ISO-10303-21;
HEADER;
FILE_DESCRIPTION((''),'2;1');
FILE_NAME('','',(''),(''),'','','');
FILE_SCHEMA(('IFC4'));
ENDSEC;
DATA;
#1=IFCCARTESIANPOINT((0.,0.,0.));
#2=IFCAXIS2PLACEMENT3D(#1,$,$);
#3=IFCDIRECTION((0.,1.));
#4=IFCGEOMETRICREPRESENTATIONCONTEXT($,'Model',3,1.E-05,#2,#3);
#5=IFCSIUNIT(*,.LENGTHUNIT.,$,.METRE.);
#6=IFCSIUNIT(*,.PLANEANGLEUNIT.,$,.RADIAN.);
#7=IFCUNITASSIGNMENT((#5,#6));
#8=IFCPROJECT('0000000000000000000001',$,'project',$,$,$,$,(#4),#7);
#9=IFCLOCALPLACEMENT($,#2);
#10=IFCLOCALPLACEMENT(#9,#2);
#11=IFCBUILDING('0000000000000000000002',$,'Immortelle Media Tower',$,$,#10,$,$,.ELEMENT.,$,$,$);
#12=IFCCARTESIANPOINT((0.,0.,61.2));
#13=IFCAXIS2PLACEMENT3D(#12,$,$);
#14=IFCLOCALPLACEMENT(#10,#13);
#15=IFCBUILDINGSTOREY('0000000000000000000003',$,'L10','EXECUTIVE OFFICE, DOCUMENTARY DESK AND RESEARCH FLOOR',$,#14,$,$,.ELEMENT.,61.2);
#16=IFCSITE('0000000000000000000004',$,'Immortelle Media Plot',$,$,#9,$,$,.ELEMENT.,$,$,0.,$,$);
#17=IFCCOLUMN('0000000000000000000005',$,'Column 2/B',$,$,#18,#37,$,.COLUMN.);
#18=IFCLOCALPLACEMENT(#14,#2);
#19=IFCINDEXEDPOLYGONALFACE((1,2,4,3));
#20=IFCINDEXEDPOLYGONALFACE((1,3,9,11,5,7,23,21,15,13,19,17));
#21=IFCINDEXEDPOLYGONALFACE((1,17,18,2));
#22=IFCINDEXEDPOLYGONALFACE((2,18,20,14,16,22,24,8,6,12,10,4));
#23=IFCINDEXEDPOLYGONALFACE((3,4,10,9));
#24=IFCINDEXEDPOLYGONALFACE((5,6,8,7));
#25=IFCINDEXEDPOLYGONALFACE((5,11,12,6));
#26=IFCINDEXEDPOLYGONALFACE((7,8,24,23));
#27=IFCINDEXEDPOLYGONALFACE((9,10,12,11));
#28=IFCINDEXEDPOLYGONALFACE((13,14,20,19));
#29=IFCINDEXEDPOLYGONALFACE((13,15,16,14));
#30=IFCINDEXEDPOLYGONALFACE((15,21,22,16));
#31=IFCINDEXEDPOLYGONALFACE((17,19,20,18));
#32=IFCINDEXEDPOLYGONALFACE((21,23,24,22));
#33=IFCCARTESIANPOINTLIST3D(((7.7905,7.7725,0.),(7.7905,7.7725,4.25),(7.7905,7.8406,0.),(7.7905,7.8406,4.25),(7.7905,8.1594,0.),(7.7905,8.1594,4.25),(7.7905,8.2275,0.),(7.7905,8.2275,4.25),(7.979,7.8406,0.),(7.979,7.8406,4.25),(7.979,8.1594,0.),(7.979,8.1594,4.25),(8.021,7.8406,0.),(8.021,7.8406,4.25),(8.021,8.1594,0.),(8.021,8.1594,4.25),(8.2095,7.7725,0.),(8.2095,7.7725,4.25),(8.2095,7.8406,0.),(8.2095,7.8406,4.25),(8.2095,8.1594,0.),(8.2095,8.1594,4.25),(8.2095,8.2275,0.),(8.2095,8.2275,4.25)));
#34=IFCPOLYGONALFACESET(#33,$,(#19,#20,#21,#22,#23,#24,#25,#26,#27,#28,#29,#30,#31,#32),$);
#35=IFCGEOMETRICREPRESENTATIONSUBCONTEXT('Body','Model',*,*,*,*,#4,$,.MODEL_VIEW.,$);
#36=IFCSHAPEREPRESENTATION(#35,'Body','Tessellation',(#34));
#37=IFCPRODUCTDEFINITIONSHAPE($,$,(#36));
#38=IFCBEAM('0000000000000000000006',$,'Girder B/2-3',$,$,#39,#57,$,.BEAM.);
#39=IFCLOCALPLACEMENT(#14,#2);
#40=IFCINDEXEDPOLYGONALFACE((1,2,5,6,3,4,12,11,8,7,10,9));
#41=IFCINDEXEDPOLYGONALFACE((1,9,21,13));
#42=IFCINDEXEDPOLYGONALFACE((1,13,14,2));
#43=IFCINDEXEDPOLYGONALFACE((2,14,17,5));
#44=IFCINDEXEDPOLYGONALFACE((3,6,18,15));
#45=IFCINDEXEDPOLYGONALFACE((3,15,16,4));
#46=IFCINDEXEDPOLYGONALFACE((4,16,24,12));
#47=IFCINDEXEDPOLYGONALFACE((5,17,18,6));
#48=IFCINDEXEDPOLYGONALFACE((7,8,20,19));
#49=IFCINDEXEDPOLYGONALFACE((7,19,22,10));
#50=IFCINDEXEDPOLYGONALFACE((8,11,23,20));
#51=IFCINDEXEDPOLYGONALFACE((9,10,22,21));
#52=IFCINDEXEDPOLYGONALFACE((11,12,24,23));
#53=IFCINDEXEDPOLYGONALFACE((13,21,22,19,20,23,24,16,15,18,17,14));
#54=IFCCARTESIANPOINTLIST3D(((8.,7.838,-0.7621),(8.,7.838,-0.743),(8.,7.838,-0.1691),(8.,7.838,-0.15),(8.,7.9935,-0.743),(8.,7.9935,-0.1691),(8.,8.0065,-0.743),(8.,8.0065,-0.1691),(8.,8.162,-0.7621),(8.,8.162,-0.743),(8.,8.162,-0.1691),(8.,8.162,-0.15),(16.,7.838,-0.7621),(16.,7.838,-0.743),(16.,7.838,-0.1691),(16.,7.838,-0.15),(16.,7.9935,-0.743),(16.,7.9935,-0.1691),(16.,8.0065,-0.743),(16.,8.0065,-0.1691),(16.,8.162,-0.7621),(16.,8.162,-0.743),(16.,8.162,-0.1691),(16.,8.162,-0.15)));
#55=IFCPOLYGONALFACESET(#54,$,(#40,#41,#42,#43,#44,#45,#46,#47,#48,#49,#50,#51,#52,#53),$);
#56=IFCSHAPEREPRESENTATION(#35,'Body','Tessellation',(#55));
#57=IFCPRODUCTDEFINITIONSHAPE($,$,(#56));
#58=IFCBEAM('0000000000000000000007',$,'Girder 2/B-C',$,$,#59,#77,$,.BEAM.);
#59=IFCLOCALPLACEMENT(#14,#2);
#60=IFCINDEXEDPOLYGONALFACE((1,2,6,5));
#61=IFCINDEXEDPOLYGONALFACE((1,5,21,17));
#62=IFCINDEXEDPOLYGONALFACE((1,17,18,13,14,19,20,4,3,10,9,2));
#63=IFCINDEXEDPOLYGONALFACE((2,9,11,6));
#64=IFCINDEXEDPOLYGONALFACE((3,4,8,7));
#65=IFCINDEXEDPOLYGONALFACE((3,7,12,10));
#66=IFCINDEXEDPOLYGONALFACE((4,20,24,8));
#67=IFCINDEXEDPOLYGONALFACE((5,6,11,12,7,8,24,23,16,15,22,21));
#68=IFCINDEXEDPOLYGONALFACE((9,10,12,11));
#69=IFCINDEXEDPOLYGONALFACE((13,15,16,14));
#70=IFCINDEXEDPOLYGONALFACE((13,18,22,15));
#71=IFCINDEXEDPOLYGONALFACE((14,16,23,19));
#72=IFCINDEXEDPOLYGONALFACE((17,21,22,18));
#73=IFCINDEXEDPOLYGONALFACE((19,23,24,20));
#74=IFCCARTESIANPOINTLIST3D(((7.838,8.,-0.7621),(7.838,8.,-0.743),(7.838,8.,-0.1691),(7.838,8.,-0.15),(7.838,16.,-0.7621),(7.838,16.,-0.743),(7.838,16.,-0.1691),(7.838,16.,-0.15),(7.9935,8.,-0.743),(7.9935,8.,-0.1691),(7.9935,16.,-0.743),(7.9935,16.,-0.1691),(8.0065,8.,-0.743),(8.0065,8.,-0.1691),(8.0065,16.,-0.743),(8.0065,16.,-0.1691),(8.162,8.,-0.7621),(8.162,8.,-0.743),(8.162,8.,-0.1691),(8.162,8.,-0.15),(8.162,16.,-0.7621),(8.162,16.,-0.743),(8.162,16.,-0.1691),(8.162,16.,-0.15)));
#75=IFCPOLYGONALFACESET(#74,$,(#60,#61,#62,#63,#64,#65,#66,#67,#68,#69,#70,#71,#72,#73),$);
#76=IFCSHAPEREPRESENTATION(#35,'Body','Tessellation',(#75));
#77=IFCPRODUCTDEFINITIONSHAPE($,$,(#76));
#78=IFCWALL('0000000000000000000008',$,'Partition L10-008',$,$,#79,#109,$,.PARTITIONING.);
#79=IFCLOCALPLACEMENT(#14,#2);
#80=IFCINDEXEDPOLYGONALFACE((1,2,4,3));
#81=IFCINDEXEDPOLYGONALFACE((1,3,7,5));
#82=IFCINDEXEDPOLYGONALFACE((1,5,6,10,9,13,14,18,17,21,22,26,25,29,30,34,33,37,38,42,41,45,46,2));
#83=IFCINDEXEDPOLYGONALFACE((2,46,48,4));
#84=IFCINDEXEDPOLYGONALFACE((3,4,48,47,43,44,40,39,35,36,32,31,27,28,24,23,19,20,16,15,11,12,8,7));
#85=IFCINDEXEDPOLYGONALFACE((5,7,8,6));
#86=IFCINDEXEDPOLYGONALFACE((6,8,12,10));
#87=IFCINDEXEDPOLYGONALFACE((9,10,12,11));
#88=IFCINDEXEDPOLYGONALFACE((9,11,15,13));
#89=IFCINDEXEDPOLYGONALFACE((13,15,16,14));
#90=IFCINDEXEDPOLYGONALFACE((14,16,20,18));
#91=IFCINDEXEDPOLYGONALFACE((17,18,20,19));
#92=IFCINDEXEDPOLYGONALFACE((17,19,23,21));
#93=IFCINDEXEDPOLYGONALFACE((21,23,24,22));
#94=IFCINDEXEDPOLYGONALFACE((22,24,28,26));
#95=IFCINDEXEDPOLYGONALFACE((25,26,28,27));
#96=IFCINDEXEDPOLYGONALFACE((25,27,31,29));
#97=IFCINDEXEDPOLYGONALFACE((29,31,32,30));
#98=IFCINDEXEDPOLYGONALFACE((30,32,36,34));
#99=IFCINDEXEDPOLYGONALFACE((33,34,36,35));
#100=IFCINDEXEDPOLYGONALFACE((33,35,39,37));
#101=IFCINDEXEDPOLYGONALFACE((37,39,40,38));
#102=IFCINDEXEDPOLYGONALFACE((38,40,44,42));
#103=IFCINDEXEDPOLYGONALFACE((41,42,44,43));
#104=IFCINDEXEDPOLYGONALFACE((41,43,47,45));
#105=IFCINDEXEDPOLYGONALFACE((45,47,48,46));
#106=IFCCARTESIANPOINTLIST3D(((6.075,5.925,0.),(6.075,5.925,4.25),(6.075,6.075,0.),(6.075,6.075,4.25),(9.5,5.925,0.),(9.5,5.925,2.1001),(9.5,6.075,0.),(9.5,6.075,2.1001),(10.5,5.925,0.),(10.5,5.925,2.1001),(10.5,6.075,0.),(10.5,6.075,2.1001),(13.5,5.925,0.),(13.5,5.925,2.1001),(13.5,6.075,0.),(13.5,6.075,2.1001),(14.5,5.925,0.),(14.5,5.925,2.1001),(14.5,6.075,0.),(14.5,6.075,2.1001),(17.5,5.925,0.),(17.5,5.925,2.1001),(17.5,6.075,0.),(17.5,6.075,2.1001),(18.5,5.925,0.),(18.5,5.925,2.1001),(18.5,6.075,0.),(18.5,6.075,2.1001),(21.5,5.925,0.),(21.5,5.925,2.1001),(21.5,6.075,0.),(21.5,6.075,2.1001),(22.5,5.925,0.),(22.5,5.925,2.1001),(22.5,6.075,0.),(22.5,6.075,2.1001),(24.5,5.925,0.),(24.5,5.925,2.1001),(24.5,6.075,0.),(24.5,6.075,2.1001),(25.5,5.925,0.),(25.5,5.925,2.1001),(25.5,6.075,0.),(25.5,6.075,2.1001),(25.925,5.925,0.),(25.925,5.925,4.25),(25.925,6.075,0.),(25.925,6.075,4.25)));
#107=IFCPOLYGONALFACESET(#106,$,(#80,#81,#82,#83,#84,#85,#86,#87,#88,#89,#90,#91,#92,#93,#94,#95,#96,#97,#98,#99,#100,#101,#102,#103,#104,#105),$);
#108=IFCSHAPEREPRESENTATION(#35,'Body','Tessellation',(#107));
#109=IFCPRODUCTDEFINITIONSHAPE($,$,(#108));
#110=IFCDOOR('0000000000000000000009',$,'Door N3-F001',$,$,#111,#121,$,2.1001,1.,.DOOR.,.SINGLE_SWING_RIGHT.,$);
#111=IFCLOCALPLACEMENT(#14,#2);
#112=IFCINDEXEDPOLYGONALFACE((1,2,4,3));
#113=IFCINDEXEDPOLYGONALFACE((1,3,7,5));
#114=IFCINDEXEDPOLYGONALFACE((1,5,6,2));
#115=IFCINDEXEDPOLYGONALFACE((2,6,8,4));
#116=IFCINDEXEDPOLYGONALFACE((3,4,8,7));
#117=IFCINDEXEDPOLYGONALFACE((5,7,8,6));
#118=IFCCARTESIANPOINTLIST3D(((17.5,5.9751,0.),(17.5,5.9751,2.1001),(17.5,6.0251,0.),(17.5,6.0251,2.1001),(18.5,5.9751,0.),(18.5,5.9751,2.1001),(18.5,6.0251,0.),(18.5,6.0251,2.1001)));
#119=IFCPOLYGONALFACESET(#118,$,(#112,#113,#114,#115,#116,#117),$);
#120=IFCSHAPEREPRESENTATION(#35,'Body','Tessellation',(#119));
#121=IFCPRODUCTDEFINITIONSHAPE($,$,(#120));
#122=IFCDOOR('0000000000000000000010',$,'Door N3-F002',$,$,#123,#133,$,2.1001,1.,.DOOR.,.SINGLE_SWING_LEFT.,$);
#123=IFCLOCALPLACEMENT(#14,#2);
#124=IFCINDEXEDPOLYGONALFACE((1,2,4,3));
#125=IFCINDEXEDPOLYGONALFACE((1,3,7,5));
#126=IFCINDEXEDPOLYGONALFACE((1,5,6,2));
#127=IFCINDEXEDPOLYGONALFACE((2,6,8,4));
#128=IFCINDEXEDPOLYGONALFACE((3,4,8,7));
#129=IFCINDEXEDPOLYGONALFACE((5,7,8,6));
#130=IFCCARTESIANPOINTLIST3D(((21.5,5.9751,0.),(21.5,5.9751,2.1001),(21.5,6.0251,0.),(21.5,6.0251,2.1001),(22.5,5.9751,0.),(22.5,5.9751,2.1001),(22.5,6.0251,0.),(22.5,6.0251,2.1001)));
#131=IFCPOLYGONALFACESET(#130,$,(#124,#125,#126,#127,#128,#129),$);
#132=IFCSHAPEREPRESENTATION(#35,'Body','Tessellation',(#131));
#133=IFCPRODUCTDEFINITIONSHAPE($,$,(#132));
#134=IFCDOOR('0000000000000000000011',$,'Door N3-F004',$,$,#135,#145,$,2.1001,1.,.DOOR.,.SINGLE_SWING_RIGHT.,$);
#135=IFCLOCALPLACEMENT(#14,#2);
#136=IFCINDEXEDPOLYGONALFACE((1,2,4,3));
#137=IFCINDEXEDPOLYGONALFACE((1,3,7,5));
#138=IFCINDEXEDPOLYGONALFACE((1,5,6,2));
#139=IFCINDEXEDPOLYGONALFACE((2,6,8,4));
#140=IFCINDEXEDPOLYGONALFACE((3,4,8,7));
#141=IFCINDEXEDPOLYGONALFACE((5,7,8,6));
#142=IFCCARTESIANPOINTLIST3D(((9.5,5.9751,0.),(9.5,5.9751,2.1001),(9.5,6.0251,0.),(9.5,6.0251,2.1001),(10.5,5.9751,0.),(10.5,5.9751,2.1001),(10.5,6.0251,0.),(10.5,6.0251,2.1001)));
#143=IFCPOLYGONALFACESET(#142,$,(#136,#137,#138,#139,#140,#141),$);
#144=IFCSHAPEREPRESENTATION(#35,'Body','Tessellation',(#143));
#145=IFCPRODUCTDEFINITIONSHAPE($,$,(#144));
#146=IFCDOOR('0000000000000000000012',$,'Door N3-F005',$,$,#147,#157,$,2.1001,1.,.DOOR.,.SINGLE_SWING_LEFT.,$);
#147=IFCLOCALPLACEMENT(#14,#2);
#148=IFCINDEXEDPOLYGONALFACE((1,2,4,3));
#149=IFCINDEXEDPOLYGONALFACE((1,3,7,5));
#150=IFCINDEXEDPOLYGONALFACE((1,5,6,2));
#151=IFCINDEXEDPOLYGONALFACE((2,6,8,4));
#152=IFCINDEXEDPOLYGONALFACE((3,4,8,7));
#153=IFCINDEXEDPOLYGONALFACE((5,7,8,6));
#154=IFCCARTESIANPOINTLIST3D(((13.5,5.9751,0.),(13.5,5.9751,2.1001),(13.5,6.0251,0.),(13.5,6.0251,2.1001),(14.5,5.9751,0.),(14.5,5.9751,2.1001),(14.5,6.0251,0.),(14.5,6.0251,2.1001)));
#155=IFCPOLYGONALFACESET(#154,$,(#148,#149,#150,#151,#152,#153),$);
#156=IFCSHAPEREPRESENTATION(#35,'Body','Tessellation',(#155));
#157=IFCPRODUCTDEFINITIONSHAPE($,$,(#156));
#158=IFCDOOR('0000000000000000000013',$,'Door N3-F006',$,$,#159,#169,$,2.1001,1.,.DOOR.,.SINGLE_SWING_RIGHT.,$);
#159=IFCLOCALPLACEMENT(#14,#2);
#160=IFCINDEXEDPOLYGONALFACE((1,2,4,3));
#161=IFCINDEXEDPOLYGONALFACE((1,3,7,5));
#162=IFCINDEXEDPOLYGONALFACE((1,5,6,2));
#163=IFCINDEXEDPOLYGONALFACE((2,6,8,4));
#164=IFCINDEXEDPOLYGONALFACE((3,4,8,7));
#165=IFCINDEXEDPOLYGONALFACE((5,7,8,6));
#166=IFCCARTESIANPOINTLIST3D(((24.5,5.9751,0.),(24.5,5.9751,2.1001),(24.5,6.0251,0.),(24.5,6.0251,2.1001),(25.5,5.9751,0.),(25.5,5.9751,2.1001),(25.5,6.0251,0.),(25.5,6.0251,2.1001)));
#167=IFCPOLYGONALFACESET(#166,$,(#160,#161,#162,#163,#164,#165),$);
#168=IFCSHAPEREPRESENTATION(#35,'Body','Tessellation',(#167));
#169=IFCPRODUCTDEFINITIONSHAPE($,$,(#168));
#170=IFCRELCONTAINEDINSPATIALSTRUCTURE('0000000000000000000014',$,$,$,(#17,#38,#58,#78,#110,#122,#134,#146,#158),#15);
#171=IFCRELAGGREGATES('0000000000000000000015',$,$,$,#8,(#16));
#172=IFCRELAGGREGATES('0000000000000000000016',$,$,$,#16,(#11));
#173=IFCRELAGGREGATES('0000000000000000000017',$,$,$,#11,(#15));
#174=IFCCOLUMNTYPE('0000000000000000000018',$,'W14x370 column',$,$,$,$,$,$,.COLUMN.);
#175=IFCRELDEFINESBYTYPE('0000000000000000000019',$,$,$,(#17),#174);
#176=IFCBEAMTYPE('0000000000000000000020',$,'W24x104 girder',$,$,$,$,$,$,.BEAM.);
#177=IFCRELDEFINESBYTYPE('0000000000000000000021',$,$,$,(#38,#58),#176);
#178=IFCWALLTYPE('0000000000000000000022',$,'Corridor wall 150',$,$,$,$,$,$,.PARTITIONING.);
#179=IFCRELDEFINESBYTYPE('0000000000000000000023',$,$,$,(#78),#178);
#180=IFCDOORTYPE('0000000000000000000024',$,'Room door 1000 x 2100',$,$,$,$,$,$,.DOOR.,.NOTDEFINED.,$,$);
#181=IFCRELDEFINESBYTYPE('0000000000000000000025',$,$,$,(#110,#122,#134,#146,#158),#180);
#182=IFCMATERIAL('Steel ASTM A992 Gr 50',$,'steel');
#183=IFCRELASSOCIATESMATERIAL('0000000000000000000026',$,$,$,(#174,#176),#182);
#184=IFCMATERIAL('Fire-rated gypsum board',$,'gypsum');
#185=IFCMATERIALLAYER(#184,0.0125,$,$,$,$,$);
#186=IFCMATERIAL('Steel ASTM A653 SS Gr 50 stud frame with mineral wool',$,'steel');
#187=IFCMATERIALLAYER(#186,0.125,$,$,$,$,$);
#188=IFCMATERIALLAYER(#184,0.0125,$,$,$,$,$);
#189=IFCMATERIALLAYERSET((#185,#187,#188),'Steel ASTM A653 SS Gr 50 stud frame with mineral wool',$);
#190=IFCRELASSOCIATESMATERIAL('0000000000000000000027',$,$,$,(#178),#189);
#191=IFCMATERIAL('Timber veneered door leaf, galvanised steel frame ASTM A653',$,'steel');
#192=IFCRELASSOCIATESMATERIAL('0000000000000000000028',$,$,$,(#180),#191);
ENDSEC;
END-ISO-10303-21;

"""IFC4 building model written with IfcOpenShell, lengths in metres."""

from ifc_helpers import new_model, si_unit, direction, frame, frame_2d, origin, origin_2d, place, context, subcontext, project, spatial, rectangle, i_section, extrude, material, layer, layer_set, material_profile, profile_set, type_object, element, fill, save


model = new_model("IFC4")

# Units and contexts
model_context = context("Model", 3, precision=1e-05, world=origin(), true_north=direction((0.0, 1.0)))
body_context = subcontext(model_context, "Body", "Model", "MODEL_VIEW")
ifc_project = project(units=[si_unit("LENGTHUNIT", "METRE"), si_unit("PLANEANGLEUNIT", "RADIAN")], contexts=[model_context])

# Site, building, storey
site_placement = place(None, origin())
site = spatial("IfcSite", under=ifc_project, at=site_placement, Name="Immortelle Media Plot", CompositionType="ELEMENT", RefElevation=0.0)
building_placement = place(site_placement, origin())
building = spatial("IfcBuilding", under=site, at=building_placement, Name="Immortelle Media Tower", CompositionType="ELEMENT")
storey_placement = place(building_placement, frame((0.0, 0.0, 61.2)))
storey = spatial("IfcBuildingStorey", under=building, at=storey_placement, Name="L10", Description="EXECUTIVE OFFICE, DOCUMENTARY DESK AND RESEARCH FLOOR", CompositionType="ELEMENT", Elevation=61.2)

# Column
ifc_material_1 = material(Name="Steel ASTM A992 Gr 50", Category="steel")
ifc_material_profile_1 = material_profile(ifc_material_1, i_section(OverallWidth=0.4189, OverallDepth=0.4551, WebThickness=0.042, FlangeThickness=0.0681, at=origin_2d()), Name="W14x370")
ifc_profile_set_1 = profile_set([ifc_material_profile_1], Name="Steel ASTM A992 Gr 50")
column_type = type_object("IfcColumnType", Name="W14x370 column", PredefinedType="COLUMN", material=ifc_profile_set_1)
column_placement = place(storey_placement, frame((8.0, 8.0, 0.0), z_axis=(0.0, 0.0, 1.0), x_axis=(1.0, 0.0, 0.0)))
element("IfcColumn", 1, at=column_placement, inside=storey, type_object=column_type, Name="Column 2/B", PredefinedType="COLUMN", context=body_context, shape_type="SweptSolid", body=[
    extrude(i_section(OverallWidth=0.4189, OverallDepth=0.4551, WebThickness=0.042, FlangeThickness=0.0681, at=origin_2d()), origin(), (0.0, 0.0, 1.0), 4.25),
])

# Beams
ifc_material_profile_2 = material_profile(ifc_material_1, i_section(OverallWidth=0.324, OverallDepth=0.6121, WebThickness=0.0129, FlangeThickness=0.019, at=origin_2d()), Name="W24x104")
ifc_profile_set_2 = profile_set([ifc_material_profile_2], Name="Steel ASTM A992 Gr 50")
beam_type = type_object("IfcBeamType", Name="W24x104 girder", PredefinedType="BEAM", material=ifc_profile_set_2)
for number, where, z_axis, x_axis, name in (
    (2, (8.0, 8.0, -0.4561), (1.0, 0.0, 0.0), (0.0, 1.0, 0.0), "Girder B/2-3"),
    (3, (8.0, 8.0, -0.4561), (0.0, 1.0, 0.0), (-1.0, 0.0, 0.0), "Girder 2/B-C"),
):
    element("IfcBeam", number, at=place(storey_placement, frame(where, z_axis=z_axis, x_axis=x_axis)), inside=storey, type_object=beam_type, Name=name, PredefinedType="BEAM", context=body_context, shape_type="SweptSolid", body=[
        extrude(i_section(OverallWidth=0.324, OverallDepth=0.6121, WebThickness=0.0129, FlangeThickness=0.019, at=origin_2d()), origin(), (0.0, 0.0, 1.0), 8.0),
    ])

# Wall, openings, doors
ifc_material_2 = material(Name="Fire-rated gypsum board", Category="gypsum")
ifc_layer_1 = layer(ifc_material_2, 0.0125)
ifc_material_3 = material(Name="Steel ASTM A653 SS Gr 50 stud frame with mineral wool", Category="steel")
ifc_layer_2 = layer(ifc_material_3, 0.125)
ifc_layer_3 = layer(ifc_material_2, 0.0125)
ifc_layer_set_1 = layer_set([ifc_layer_1, ifc_layer_2, ifc_layer_3], Name="Steel ASTM A653 SS Gr 50 stud frame with mineral wool")
wall_type_1 = type_object("IfcWallType", Name="Corridor wall 150", PredefinedType="PARTITIONING", material=ifc_layer_set_1)
wall_1_placement = place(storey_placement, frame((6.075, 6.0, 0.0), z_axis=(0.0, 0.0, 1.0), x_axis=(1.0, 0.0, 0.0)))
wall_1 = element("IfcWall", 4, at=wall_1_placement, inside=storey, type_object=wall_type_1, Name="Partition L10-008", PredefinedType="PARTITIONING", context=body_context, shape_type="SweptSolid", body=[
    extrude(rectangle(XDim=19.8501, YDim=0.1499, at=frame_2d((9.925, 0.0))), origin(), (0.0, 0.0, 1.0), 4.25),
])
opening_1_placement = place(wall_1_placement, frame((12.425, 0.0, 0.0), z_axis=(0.0, 0.0, 1.0), x_axis=(-1.0, 0.0, 0.0)))
opening_1 = element("IfcOpeningElement", 5, at=opening_1_placement, cuts=wall_1, PredefinedType="OPENING", context=body_context, shape_type="SweptSolid", body=[
    extrude(rectangle(XDim=1.0, YDim=2.1001, at=frame_2d((0.5, 1.05))), frame((0.0, 0.085, 0.0), z_axis=(0.0, -1.0, 0.0), x_axis=(1.0, 0.0, 0.0)), (0.0, 0.0, 1.0), 0.1699),
])
opening_2_placement = place(wall_1_placement, frame((16.425, 0.0, 0.0), z_axis=(0.0, 0.0, 1.0), x_axis=(-1.0, 0.0, 0.0)))
opening_2 = element("IfcOpeningElement", 6, at=opening_2_placement, cuts=wall_1, PredefinedType="OPENING", context=body_context, shape_type="SweptSolid", body=[
    extrude(rectangle(XDim=1.0, YDim=2.1001, at=frame_2d((0.5, 1.05))), frame((0.0, 0.085, 0.0), z_axis=(0.0, -1.0, 0.0), x_axis=(1.0, 0.0, 0.0)), (0.0, 0.0, 1.0), 0.1699),
])
opening_3_placement = place(wall_1_placement, frame((4.425, 0.0, 0.0), z_axis=(0.0, 0.0, 1.0), x_axis=(-1.0, 0.0, 0.0)))
opening_3 = element("IfcOpeningElement", 7, at=opening_3_placement, cuts=wall_1, PredefinedType="OPENING", context=body_context, shape_type="SweptSolid", body=[
    extrude(rectangle(XDim=1.0, YDim=2.1001, at=frame_2d((0.5, 1.05))), frame((0.0, 0.085, 0.0), z_axis=(0.0, -1.0, 0.0), x_axis=(1.0, 0.0, 0.0)), (0.0, 0.0, 1.0), 0.1699),
])
opening_4_placement = place(wall_1_placement, frame((8.425, 0.0, 0.0), z_axis=(0.0, 0.0, 1.0), x_axis=(-1.0, 0.0, 0.0)))
opening_4 = element("IfcOpeningElement", 8, at=opening_4_placement, cuts=wall_1, PredefinedType="OPENING", context=body_context, shape_type="SweptSolid", body=[
    extrude(rectangle(XDim=1.0, YDim=2.1001, at=frame_2d((0.5, 1.05))), frame((0.0, 0.085, 0.0), z_axis=(0.0, -1.0, 0.0), x_axis=(1.0, 0.0, 0.0)), (0.0, 0.0, 1.0), 0.1699),
])
opening_5_placement = place(wall_1_placement, frame((19.425, 0.0, 0.0), z_axis=(0.0, 0.0, 1.0), x_axis=(-1.0, 0.0, 0.0)))
opening_5 = element("IfcOpeningElement", 9, at=opening_5_placement, cuts=wall_1, PredefinedType="OPENING", context=body_context, shape_type="SweptSolid", body=[
    extrude(rectangle(XDim=1.0, YDim=2.1001, at=frame_2d((0.5, 1.05))), frame((0.0, 0.085, 0.0), z_axis=(0.0, -1.0, 0.0), x_axis=(1.0, 0.0, 0.0)), (0.0, 0.0, 1.0), 0.1699),
])
ifc_material_4 = material(Name="Timber veneered door leaf, galvanised steel frame ASTM A653", Category="steel")
door_type_1 = type_object("IfcDoorType", Name="Room door 1000 x 2100", OperationType="NOTDEFINED", PredefinedType="DOOR", material=ifc_material_4)
door_1_placement = place(opening_1_placement, origin())
door_1 = element("IfcDoor", 10, at=door_1_placement, inside=storey, type_object=door_type_1, Name="Door N3-F001", OperationType="SINGLE_SWING_RIGHT", OverallHeight=2.1001, OverallWidth=1.0, PredefinedType="DOOR", context=body_context, shape_type="SweptSolid", body=[
    extrude(rectangle(XDim=1.0, YDim=2.1001, at=frame_2d((0.5, 1.05))), frame((0.0, 0.0249, 0.0), z_axis=(0.0, -1.0, 0.0), x_axis=(1.0, 0.0, 0.0)), (0.0, 0.0, 1.0), 0.05),
])
fill(opening_1, door_1)
door_2_placement = place(opening_2_placement, origin())
door_2 = element("IfcDoor", 11, at=door_2_placement, inside=storey, type_object=door_type_1, Name="Door N3-F002", OperationType="SINGLE_SWING_LEFT", OverallHeight=2.1001, OverallWidth=1.0, PredefinedType="DOOR", context=body_context, shape_type="SweptSolid", body=[
    extrude(rectangle(XDim=1.0, YDim=2.1001, at=frame_2d((0.5, 1.05))), frame((0.0, 0.0249, 0.0), z_axis=(0.0, -1.0, 0.0), x_axis=(1.0, 0.0, 0.0)), (0.0, 0.0, 1.0), 0.05),
])
fill(opening_2, door_2)
door_3_placement = place(opening_3_placement, origin())
door_3 = element("IfcDoor", 12, at=door_3_placement, inside=storey, type_object=door_type_1, Name="Door N3-F004", OperationType="SINGLE_SWING_RIGHT", OverallHeight=2.1001, OverallWidth=1.0, PredefinedType="DOOR", context=body_context, shape_type="SweptSolid", body=[
    extrude(rectangle(XDim=1.0, YDim=2.1001, at=frame_2d((0.5, 1.05))), frame((0.0, 0.0249, 0.0), z_axis=(0.0, -1.0, 0.0), x_axis=(1.0, 0.0, 0.0)), (0.0, 0.0, 1.0), 0.05),
])
fill(opening_3, door_3)
door_4_placement = place(opening_4_placement, origin())
door_4 = element("IfcDoor", 13, at=door_4_placement, inside=storey, type_object=door_type_1, Name="Door N3-F005", OperationType="SINGLE_SWING_LEFT", OverallHeight=2.1001, OverallWidth=1.0, PredefinedType="DOOR", context=body_context, shape_type="SweptSolid", body=[
    extrude(rectangle(XDim=1.0, YDim=2.1001, at=frame_2d((0.5, 1.05))), frame((0.0, 0.0249, 0.0), z_axis=(0.0, -1.0, 0.0), x_axis=(1.0, 0.0, 0.0)), (0.0, 0.0, 1.0), 0.05),
])
fill(opening_4, door_4)
door_5_placement = place(opening_5_placement, origin())
door_5 = element("IfcDoor", 14, at=door_5_placement, inside=storey, type_object=door_type_1, Name="Door N3-F006", OperationType="SINGLE_SWING_RIGHT", OverallHeight=2.1001, OverallWidth=1.0, PredefinedType="DOOR", context=body_context, shape_type="SweptSolid", body=[
    extrude(rectangle(XDim=1.0, YDim=2.1001, at=frame_2d((0.5, 1.05))), frame((0.0, 0.0249, 0.0), z_axis=(0.0, -1.0, 0.0), x_axis=(1.0, 0.0, 0.0)), (0.0, 0.0, 1.0), 0.05),
])
fill(opening_5, door_5)

save(model, "model.ifc")
